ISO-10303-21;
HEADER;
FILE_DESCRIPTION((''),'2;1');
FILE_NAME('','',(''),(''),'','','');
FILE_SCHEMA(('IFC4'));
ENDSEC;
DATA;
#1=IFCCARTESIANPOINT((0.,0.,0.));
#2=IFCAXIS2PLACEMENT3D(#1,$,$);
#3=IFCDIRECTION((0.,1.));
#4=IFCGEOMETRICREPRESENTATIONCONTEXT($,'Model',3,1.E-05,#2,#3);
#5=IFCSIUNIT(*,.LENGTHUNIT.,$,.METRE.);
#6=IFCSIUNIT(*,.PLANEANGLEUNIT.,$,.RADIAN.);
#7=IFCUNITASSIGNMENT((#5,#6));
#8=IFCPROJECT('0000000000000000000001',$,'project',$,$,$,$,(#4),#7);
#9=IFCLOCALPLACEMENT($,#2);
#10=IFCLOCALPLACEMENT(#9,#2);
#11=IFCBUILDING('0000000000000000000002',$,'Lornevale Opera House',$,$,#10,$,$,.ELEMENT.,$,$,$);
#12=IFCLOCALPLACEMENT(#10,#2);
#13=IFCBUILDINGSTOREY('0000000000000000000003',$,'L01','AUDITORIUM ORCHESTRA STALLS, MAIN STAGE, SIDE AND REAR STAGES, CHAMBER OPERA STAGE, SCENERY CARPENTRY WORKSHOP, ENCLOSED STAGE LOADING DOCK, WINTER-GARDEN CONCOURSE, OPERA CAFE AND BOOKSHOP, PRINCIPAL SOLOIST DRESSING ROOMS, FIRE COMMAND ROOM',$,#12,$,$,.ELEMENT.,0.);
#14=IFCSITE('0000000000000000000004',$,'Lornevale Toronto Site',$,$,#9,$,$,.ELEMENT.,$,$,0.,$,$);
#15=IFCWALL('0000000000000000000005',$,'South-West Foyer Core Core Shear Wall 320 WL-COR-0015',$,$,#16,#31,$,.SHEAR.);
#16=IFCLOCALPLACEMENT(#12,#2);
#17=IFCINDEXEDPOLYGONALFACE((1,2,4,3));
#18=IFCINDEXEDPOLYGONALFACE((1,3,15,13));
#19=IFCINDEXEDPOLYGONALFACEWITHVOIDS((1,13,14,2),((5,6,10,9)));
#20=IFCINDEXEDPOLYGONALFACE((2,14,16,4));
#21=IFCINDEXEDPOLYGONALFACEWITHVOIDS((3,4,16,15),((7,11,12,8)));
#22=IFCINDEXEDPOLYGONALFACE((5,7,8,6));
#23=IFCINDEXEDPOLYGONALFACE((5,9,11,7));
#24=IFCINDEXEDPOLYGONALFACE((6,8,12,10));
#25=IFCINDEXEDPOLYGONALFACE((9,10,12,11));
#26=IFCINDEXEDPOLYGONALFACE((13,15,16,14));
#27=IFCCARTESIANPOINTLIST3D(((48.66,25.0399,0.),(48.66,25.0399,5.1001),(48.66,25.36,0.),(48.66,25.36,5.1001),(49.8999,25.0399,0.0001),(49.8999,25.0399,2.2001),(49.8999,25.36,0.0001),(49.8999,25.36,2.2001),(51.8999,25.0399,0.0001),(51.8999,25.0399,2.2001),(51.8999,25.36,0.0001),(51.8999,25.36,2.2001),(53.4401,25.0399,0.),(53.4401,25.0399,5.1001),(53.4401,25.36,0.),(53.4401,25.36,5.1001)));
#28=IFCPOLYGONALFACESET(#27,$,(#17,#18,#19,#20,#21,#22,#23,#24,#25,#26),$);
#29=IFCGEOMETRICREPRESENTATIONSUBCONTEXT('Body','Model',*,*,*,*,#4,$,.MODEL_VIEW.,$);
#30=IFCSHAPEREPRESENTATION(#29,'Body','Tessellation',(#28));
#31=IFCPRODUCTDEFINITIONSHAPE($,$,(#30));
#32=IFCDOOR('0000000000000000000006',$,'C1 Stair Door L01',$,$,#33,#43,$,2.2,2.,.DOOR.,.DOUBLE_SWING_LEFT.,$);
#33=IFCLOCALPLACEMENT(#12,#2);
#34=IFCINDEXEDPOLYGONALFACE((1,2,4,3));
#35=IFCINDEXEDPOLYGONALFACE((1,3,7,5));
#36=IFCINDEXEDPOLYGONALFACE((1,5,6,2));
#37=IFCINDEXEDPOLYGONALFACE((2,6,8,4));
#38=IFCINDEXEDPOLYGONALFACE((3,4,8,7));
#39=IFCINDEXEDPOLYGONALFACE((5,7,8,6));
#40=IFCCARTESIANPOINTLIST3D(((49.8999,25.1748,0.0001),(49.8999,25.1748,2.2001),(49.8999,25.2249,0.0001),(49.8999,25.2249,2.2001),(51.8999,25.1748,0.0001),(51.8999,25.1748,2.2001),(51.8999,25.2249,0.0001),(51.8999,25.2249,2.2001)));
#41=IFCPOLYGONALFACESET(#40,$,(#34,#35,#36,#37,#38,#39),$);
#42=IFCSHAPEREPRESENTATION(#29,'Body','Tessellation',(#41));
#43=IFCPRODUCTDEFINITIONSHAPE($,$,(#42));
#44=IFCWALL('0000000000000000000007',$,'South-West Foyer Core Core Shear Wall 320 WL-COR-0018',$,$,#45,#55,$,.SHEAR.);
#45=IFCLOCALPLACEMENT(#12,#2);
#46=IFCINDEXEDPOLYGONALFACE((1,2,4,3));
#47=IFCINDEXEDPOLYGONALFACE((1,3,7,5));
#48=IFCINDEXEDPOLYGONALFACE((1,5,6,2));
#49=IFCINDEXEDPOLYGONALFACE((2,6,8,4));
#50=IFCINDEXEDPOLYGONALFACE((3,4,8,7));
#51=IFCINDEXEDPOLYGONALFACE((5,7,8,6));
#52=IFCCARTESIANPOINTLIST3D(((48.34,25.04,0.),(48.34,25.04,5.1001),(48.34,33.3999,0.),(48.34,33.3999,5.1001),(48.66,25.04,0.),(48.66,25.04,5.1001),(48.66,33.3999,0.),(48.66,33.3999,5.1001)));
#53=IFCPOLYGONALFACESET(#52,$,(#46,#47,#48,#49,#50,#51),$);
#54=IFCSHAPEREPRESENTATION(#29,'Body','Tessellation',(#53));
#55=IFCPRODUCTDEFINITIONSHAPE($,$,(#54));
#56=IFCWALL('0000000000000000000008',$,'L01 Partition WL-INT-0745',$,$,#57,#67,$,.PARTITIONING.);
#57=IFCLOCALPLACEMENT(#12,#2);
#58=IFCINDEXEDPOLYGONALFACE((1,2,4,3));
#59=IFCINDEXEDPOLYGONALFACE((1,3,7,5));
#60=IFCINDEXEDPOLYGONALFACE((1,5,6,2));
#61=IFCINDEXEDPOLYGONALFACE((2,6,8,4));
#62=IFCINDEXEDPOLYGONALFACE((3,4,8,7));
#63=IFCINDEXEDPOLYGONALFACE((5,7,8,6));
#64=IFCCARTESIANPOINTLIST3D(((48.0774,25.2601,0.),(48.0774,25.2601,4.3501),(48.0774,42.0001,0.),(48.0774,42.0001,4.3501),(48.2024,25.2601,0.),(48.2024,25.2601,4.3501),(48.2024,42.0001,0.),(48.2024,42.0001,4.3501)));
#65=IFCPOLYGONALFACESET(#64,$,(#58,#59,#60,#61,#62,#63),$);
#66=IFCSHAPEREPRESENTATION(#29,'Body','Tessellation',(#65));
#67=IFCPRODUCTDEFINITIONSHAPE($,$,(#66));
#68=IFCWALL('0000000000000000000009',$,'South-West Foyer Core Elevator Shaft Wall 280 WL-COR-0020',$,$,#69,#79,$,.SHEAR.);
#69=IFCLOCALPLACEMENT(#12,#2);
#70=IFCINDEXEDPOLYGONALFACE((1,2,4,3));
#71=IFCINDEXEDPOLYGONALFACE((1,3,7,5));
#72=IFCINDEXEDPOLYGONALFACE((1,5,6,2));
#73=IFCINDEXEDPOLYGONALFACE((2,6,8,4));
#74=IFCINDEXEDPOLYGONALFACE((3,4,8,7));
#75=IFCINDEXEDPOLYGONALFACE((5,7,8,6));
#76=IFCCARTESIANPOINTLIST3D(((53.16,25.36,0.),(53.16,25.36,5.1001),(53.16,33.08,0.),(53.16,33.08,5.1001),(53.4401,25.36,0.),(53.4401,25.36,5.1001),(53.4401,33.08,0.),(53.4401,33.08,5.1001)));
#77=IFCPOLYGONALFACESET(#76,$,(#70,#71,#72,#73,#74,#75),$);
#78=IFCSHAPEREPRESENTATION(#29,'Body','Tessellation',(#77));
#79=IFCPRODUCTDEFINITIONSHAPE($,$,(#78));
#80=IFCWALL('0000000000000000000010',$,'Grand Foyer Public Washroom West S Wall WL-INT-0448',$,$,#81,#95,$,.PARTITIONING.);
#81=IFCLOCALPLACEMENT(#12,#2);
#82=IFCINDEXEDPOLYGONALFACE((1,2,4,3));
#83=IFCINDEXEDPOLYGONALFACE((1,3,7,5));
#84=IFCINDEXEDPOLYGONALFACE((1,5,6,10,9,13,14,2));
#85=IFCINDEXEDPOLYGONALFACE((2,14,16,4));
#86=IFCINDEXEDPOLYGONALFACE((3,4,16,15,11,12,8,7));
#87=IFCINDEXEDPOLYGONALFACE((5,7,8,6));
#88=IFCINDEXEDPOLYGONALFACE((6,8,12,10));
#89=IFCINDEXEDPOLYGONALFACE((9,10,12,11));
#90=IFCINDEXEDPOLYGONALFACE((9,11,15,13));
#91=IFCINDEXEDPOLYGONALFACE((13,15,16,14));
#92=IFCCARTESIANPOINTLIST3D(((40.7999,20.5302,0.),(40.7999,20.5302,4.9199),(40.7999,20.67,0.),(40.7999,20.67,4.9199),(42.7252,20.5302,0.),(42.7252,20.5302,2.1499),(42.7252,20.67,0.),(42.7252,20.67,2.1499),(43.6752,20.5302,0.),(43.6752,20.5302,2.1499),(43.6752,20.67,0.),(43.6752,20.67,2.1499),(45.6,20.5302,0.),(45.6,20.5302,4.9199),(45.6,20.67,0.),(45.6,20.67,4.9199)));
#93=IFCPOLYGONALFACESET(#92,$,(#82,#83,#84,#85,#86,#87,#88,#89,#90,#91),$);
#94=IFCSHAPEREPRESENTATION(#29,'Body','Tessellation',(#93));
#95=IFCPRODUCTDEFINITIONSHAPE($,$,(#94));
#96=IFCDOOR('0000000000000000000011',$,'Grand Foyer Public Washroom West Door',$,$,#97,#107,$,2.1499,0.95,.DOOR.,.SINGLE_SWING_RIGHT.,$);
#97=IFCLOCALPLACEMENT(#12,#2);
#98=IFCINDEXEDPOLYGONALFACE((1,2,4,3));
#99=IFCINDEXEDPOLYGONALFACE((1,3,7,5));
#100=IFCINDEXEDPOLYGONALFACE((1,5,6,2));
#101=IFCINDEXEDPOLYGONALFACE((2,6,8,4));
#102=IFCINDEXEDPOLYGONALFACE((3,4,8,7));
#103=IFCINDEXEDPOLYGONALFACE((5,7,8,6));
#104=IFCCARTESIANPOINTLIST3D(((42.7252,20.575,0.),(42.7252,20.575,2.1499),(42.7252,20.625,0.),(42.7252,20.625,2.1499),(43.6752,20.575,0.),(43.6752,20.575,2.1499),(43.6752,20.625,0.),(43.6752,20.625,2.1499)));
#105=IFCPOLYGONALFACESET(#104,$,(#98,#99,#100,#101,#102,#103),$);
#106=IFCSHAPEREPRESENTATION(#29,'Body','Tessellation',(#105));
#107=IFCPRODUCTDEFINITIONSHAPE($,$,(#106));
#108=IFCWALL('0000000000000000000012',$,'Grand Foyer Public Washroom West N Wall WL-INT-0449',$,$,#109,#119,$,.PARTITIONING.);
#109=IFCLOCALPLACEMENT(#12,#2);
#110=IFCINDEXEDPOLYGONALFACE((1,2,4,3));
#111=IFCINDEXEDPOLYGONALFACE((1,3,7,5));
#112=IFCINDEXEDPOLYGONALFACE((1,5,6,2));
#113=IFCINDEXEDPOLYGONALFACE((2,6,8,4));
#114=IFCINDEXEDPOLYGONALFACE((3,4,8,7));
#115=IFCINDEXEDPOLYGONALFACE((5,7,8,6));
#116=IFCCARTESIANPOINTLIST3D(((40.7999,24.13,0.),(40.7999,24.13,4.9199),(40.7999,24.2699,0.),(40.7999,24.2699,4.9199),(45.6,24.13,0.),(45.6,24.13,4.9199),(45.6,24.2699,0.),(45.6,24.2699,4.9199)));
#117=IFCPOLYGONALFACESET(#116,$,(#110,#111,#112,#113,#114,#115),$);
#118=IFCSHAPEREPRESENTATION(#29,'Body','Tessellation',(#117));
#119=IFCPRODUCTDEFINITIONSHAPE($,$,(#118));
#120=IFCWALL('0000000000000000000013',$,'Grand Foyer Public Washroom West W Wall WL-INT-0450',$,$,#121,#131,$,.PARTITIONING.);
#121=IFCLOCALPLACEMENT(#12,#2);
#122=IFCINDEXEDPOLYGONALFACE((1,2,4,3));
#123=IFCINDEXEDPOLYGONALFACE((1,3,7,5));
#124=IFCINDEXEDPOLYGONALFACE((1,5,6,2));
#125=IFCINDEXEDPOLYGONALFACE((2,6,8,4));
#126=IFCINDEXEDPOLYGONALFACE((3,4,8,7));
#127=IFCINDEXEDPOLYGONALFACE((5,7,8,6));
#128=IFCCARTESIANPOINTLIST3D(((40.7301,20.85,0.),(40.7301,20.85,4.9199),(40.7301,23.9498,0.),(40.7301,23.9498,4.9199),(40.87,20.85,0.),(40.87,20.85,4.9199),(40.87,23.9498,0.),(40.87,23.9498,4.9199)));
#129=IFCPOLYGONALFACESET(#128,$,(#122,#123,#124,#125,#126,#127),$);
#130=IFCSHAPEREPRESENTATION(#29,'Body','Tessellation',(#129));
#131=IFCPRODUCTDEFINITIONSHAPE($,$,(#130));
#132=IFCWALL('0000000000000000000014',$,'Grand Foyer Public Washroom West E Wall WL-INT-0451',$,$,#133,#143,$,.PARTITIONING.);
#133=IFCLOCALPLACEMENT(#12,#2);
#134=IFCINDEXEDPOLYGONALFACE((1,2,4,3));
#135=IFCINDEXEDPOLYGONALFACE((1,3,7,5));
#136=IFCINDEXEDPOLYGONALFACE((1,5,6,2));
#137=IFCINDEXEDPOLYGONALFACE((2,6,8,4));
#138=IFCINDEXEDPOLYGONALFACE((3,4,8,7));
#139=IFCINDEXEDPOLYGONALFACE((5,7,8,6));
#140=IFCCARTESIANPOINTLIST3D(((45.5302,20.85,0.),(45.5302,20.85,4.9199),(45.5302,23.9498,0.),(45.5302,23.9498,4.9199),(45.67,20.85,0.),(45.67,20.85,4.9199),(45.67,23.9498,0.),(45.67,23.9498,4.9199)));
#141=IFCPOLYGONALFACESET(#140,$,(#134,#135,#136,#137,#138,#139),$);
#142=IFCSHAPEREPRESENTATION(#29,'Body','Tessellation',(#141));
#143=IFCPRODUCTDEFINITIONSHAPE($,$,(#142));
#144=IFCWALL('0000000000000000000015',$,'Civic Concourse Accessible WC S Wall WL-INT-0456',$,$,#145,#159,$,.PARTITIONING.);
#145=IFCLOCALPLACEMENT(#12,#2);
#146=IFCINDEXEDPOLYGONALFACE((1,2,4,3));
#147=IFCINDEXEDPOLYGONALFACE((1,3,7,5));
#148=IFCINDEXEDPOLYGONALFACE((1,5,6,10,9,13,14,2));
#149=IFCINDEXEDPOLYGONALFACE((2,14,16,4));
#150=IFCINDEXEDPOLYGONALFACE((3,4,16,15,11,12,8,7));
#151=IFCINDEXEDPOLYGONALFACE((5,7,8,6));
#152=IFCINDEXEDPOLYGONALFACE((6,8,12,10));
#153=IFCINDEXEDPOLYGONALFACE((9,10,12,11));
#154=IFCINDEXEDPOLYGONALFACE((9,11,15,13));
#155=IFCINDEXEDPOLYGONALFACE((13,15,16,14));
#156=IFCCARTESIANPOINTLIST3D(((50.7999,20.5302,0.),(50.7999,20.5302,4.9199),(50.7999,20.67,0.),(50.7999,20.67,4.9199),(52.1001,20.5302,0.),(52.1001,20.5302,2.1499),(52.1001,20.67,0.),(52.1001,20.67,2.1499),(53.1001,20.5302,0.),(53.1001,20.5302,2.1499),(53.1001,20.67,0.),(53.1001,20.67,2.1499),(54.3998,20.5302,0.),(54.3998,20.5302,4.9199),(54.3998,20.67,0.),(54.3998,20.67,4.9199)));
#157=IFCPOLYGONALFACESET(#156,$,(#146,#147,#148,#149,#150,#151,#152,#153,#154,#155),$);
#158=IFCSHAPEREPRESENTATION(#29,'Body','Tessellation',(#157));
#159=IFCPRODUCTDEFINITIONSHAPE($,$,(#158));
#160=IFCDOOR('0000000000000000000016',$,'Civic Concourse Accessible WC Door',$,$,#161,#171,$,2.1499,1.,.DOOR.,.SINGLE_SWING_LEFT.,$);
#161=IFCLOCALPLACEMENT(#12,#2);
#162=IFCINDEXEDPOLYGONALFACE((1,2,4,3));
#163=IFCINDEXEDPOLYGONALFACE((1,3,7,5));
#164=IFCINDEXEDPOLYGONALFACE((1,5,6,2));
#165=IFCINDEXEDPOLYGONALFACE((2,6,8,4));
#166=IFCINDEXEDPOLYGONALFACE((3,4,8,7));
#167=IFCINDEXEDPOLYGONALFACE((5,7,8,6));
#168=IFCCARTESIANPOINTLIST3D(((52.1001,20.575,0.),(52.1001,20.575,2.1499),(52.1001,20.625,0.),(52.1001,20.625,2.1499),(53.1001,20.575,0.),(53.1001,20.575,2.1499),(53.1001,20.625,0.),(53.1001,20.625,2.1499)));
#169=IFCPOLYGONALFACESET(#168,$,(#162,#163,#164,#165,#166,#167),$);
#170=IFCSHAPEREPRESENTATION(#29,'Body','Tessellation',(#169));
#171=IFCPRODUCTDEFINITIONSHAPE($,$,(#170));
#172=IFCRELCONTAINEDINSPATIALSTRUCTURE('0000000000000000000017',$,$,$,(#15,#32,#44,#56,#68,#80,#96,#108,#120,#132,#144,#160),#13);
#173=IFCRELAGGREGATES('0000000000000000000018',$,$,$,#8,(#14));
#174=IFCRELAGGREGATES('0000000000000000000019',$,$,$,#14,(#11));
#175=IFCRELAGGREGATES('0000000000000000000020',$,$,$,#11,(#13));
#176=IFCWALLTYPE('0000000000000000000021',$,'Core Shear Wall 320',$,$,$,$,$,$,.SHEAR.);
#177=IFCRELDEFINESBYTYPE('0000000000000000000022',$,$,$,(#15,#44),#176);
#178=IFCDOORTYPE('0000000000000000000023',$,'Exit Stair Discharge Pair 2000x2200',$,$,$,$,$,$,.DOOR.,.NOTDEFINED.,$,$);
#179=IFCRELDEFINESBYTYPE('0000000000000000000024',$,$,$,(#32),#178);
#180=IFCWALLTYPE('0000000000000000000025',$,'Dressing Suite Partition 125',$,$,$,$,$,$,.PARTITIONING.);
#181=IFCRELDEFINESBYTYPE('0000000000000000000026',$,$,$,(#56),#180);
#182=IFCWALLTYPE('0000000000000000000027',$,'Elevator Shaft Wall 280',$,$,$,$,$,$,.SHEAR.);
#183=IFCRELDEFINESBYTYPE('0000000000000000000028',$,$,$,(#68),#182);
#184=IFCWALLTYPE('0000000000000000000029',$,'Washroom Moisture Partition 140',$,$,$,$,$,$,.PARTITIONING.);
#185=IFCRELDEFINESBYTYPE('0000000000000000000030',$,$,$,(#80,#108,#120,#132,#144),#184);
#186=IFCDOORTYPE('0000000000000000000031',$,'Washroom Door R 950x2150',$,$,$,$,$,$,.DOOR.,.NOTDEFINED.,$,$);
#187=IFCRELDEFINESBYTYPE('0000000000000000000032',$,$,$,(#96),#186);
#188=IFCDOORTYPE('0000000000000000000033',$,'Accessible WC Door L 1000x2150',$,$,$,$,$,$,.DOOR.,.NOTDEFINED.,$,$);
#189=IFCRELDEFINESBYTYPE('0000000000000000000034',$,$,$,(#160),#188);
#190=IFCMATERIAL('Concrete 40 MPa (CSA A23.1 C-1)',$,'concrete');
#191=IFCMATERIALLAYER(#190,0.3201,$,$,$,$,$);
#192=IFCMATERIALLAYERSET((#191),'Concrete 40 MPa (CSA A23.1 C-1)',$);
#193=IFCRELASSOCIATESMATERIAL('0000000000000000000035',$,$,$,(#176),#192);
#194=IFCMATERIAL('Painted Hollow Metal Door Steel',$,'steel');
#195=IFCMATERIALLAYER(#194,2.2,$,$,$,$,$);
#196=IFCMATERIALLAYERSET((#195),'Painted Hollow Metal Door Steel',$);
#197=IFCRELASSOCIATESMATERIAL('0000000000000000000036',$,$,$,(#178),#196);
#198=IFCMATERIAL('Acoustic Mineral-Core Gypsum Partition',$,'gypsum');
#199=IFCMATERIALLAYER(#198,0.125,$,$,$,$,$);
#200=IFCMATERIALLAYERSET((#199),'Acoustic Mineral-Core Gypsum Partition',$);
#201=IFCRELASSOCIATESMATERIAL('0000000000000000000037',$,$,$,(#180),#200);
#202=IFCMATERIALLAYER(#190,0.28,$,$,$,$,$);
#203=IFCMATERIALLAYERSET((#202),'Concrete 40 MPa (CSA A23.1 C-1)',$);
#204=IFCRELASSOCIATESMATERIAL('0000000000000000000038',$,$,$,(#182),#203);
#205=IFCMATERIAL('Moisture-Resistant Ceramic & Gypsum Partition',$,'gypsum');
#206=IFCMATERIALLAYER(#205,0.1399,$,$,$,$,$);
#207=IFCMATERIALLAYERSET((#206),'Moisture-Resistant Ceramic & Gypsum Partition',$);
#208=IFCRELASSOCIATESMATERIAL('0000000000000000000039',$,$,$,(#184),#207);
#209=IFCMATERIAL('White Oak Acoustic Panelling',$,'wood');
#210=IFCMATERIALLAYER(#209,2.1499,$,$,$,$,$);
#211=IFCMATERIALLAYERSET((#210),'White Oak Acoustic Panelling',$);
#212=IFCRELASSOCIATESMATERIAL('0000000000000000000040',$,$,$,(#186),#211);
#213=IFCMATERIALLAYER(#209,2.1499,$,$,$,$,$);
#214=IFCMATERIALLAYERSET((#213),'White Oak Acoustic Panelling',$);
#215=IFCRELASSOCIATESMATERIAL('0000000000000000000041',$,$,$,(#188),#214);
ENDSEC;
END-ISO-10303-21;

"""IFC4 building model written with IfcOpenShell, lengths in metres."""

from ifc_helpers import new_model, si_unit, direction, frame, frame_2d, origin, place, context, subcontext, project, spatial, rectangle, extrude, material, layer, layer_set, type_object, element, fill, save


model = new_model("IFC4")

# Units and contexts
model_context = context("Model", 3, precision=1e-05, world=origin(), true_north=direction((0.0, 1.0)))
body_context = subcontext(model_context, "Body", "Model", "MODEL_VIEW")
ifc_project = project(units=[si_unit("LENGTHUNIT", "METRE"), si_unit("PLANEANGLEUNIT", "RADIAN")], contexts=[model_context])

# Site, building, storey
site_placement = place(None, origin())
site = spatial("IfcSite", under=ifc_project, at=site_placement, Name="Lornevale Toronto Site", CompositionType="ELEMENT", RefElevation=0.0)
building_placement = place(site_placement, origin())
building = spatial("IfcBuilding", under=site, at=building_placement, Name="Lornevale Opera House", CompositionType="ELEMENT")
storey_placement = place(building_placement, origin())
storey = spatial("IfcBuildingStorey", under=building, at=storey_placement, Name="L01", Description="AUDITORIUM ORCHESTRA STALLS, MAIN STAGE, SIDE AND REAR STAGES, CHAMBER OPERA STAGE, SCENERY CARPENTRY WORKSHOP, ENCLOSED STAGE LOADING DOCK, WINTER-GARDEN CONCOURSE, OPERA CAFE AND BOOKSHOP, PRINCIPAL SOLOIST DRESSING ROOMS, FIRE COMMAND ROOM", CompositionType="ELEMENT", Elevation=0.0)

# Shared definitions
ifc_material_1 = material(Name="Concrete 40 MPa (CSA A23.1 C-1)", Category="concrete")

# Wall, opening, door
ifc_layer_1 = layer(ifc_material_1, 0.3201)
ifc_layer_set_1 = layer_set([ifc_layer_1], Name="Concrete 40 MPa (CSA A23.1 C-1)")
wall_type_1 = type_object("IfcWallType", Name="Core Shear Wall 320", PredefinedType="SHEAR", material=ifc_layer_set_1)
wall_1_placement = place(storey_placement, frame((48.6599, 25.2, 0.0), z_axis=(0.0, 0.0, 1.0), x_axis=(1.0, 0.0, 0.0)))
wall_1 = element("IfcWall", 1, at=wall_1_placement, inside=storey, type_object=wall_type_1, Name="South-West Foyer Core Core Shear Wall 320 WL-COR-0015", PredefinedType="SHEAR", context=body_context, shape_type="SweptSolid", body=[
    extrude(rectangle(XDim=4.78, YDim=0.3201, at=frame_2d((2.3901, 0.0))), origin(), (0.0, 0.0, 1.0), 5.1001),
])
opening_1_placement = place(wall_1_placement, frame((1.24, 0.0, 0.0)))
opening_1 = element("IfcOpeningElement", 2, at=opening_1_placement, cuts=wall_1, PredefinedType="OPENING", context=body_context, shape_type="SweptSolid", body=[
    extrude(rectangle(XDim=2.0, YDim=2.2, at=frame_2d((1.0, 1.1001))), frame((0.0, 0.1699, 0.0), z_axis=(0.0, -1.0, 0.0), x_axis=(1.0, 0.0, 0.0)), (0.0, 0.0, 1.0), 0.3401),
])
ifc_material_2 = material(Name="Painted Hollow Metal Door Steel", Category="steel")
ifc_layer_2 = layer(ifc_material_2, 2.2)
ifc_layer_set_2 = layer_set([ifc_layer_2], Name="Painted Hollow Metal Door Steel")
door_type_1 = type_object("IfcDoorType", Name="Exit Stair Discharge Pair 2000x2200", OperationType="NOTDEFINED", PredefinedType="DOOR", material=ifc_layer_set_2)
door_1_placement = place(opening_1_placement, origin())
door_1 = element("IfcDoor", 3, at=door_1_placement, inside=storey, type_object=door_type_1, Name="C1 Stair Door L01", OperationType="DOUBLE_SWING_LEFT", OverallHeight=2.2, OverallWidth=2.0, PredefinedType="DOOR", context=body_context, shape_type="SweptSolid", body=[
    extrude(rectangle(XDim=2.0, YDim=2.2, at=frame_2d((1.0, 1.1001))), frame((0.0, 0.0249, 0.0), z_axis=(0.0, -1.0, 0.0), x_axis=(1.0, 0.0, 0.0)), (0.0, 0.0, 1.0), 0.05),
])
fill(opening_1, door_1)

# Walls
wall_2_placement = place(storey_placement, frame((48.5, 33.3999, 0.0), z_axis=(0.0, 0.0, 1.0), x_axis=(0.0, -1.0, 0.0)))
element("IfcWall", 4, at=wall_2_placement, inside=storey, type_object=wall_type_1, Name="South-West Foyer Core Core Shear Wall 320 WL-COR-0018", PredefinedType="SHEAR", context=body_context, shape_type="SweptSolid", body=[
    extrude(rectangle(XDim=8.3599, YDim=0.3201, at=frame_2d((4.1799, 0.0))), origin(), (0.0, 0.0, 1.0), 5.1001),
])
ifc_material_3 = material(Name="Acoustic Mineral-Core Gypsum Partition", Category="gypsum")
ifc_layer_3 = layer(ifc_material_3, 0.125)
ifc_layer_set_3 = layer_set([ifc_layer_3], Name="Acoustic Mineral-Core Gypsum Partition")
wall_type_2 = type_object("IfcWallType", Name="Dressing Suite Partition 125", PredefinedType="PARTITIONING", material=ifc_layer_set_3)
wall_3_placement = place(storey_placement, frame((48.1399, 25.26, 0.0), z_axis=(0.0, 0.0, 1.0), x_axis=(0.0, 1.0, 0.0)))
element("IfcWall", 5, at=wall_3_placement, inside=storey, type_object=wall_type_2, Name="L01 Partition WL-INT-0745", PredefinedType="PARTITIONING", context=body_context, shape_type="SweptSolid", body=[
    extrude(rectangle(XDim=16.74, YDim=0.125, at=frame_2d((8.3701, 0.0))), origin(), (0.0, 0.0, 1.0), 4.3501),
])
ifc_layer_4 = layer(ifc_material_1, 0.28)
ifc_layer_set_4 = layer_set([ifc_layer_4], Name="Concrete 40 MPa (CSA A23.1 C-1)")
wall_type_3 = type_object("IfcWallType", Name="Elevator Shaft Wall 280", PredefinedType="SHEAR", material=ifc_layer_set_4)
wall_4_placement = place(storey_placement, frame((53.3, 25.3601, 0.0), z_axis=(0.0, 0.0, 1.0), x_axis=(0.0, 1.0, 0.0)))
element("IfcWall", 6, at=wall_4_placement, inside=storey, type_object=wall_type_3, Name="South-West Foyer Core Elevator Shaft Wall 280 WL-COR-0020", PredefinedType="SHEAR", context=body_context, shape_type="SweptSolid", body=[
    extrude(rectangle(XDim=7.72, YDim=0.28, at=frame_2d((3.8599, 0.0))), origin(), (0.0, 0.0, 1.0), 5.1001),
])

# Wall, opening, door
ifc_material_4 = material(Name="Moisture-Resistant Ceramic & Gypsum Partition", Category="gypsum")
ifc_layer_5 = layer(ifc_material_4, 0.1399)
ifc_layer_set_5 = layer_set([ifc_layer_5], Name="Moisture-Resistant Ceramic & Gypsum Partition")
wall_type_4 = type_object("IfcWallType", Name="Washroom Moisture Partition 140", PredefinedType="PARTITIONING", material=ifc_layer_set_5)
wall_5_placement = place(storey_placement, frame((40.8, 20.6001, 0.0), z_axis=(0.0, 0.0, 1.0), x_axis=(1.0, 0.0, 0.0)))
wall_5 = element("IfcWall", 7, at=wall_5_placement, inside=storey, type_object=wall_type_4, Name="Grand Foyer Public Washroom West S Wall WL-INT-0448", PredefinedType="PARTITIONING", context=body_context, shape_type="SweptSolid", body=[
    extrude(rectangle(XDim=4.8, YDim=0.1399, at=frame_2d((2.3999, 0.0))), origin(), (0.0, 0.0, 1.0), 4.9199),
])
opening_2_placement = place(wall_5_placement, frame((1.925, 0.0, 0.0)))
opening_2 = element("IfcOpeningElement", 8, at=opening_2_placement, cuts=wall_5, PredefinedType="OPENING", context=body_context, shape_type="SweptSolid", body=[
    extrude(rectangle(XDim=0.95, YDim=2.1499, at=frame_2d((0.4751, 1.075))), frame((0.0, 0.0798, 0.0), z_axis=(0.0, -1.0, 0.0), x_axis=(1.0, 0.0, 0.0)), (0.0, 0.0, 1.0), 0.1599),
])
ifc_material_5 = material(Name="White Oak Acoustic Panelling", Category="wood")
ifc_layer_6 = layer(ifc_material_5, 2.1499)
ifc_layer_set_6 = layer_set([ifc_layer_6], Name="White Oak Acoustic Panelling")
door_type_2 = type_object("IfcDoorType", Name="Washroom Door R 950x2150", OperationType="NOTDEFINED", PredefinedType="DOOR", material=ifc_layer_set_6)
door_2_placement = place(opening_2_placement, origin())
door_2 = element("IfcDoor", 9, at=door_2_placement, inside=storey, type_object=door_type_2, Name="Grand Foyer Public Washroom West Door", OperationType="SINGLE_SWING_RIGHT", OverallHeight=2.1499, OverallWidth=0.95, PredefinedType="DOOR", context=body_context, shape_type="SweptSolid", body=[
    extrude(rectangle(XDim=0.95, YDim=2.1499, at=frame_2d((0.4751, 1.075))), frame((0.0, 0.0249, 0.0), z_axis=(0.0, -1.0, 0.0), x_axis=(1.0, 0.0, 0.0)), (0.0, 0.0, 1.0), 0.05),
])
fill(opening_2, door_2)

# Walls
wall_6_placement = place(storey_placement, frame((40.8, 24.2, 0.0), z_axis=(0.0, 0.0, 1.0), x_axis=(1.0, 0.0, 0.0)))
element("IfcWall", 10, at=wall_6_placement, inside=storey, type_object=wall_type_4, Name="Grand Foyer Public Washroom West N Wall WL-INT-0449", PredefinedType="PARTITIONING", context=body_context, shape_type="SweptSolid", body=[
    extrude(rectangle(XDim=4.8, YDim=0.1399, at=frame_2d((2.3999, 0.0))), origin(), (0.0, 0.0, 1.0), 4.9199),
])
for number, where, z_axis, x_axis, name in (
    (11, (40.8, 20.8501, 0.0), (0.0, 0.0, 1.0), (0.0, 1.0, 0.0), "Grand Foyer Public Washroom West W Wall WL-INT-0450"),
    (12, (45.6001, 20.8501, 0.0), (0.0, 0.0, 1.0), (0.0, 1.0, 0.0), "Grand Foyer Public Washroom West E Wall WL-INT-0451"),
):
    element("IfcWall", number, at=place(storey_placement, frame(where, z_axis=z_axis, x_axis=x_axis)), inside=storey, type_object=wall_type_4, Name=name, PredefinedType="PARTITIONING", context=body_context, shape_type="SweptSolid", body=[
        extrude(rectangle(XDim=3.0999, YDim=0.1399, at=frame_2d((1.5498, 0.0))), origin(), (0.0, 0.0, 1.0), 4.9199),
    ])

# Wall, opening, door
wall_7_placement = place(storey_placement, frame((50.8, 20.6001, 0.0), z_axis=(0.0, 0.0, 1.0), x_axis=(1.0, 0.0, 0.0)))
wall_7 = element("IfcWall", 13, at=wall_7_placement, inside=storey, type_object=wall_type_4, Name="Civic Concourse Accessible WC S Wall WL-INT-0456", PredefinedType="PARTITIONING", context=body_context, shape_type="SweptSolid", body=[
    extrude(rectangle(XDim=3.5999, YDim=0.1399, at=frame_2d((1.7998, 0.0))), origin(), (0.0, 0.0, 1.0), 4.9199),
])
opening_3_placement = place(wall_7_placement, frame((1.3, 0.0, 0.0)))
opening_3 = element("IfcOpeningElement", 14, at=opening_3_placement, cuts=wall_7, PredefinedType="OPENING", context=body_context, shape_type="SweptSolid", body=[
    extrude(rectangle(XDim=1.0, YDim=2.1499, at=frame_2d((0.5, 1.075))), frame((0.0, 0.0798, 0.0), z_axis=(0.0, -1.0, 0.0), x_axis=(1.0, 0.0, 0.0)), (0.0, 0.0, 1.0), 0.1599),
])
ifc_layer_7 = layer(ifc_material_5, 2.1499)
ifc_layer_set_7 = layer_set([ifc_layer_7], Name="White Oak Acoustic Panelling")
door_type_3 = type_object("IfcDoorType", Name="Accessible WC Door L 1000x2150", OperationType="NOTDEFINED", PredefinedType="DOOR", material=ifc_layer_set_7)
door_3_placement = place(opening_3_placement, origin())
door_3 = element("IfcDoor", 15, at=door_3_placement, inside=storey, type_object=door_type_3, Name="Civic Concourse Accessible WC Door", OperationType="SINGLE_SWING_LEFT", OverallHeight=2.1499, OverallWidth=1.0, PredefinedType="DOOR", context=body_context, shape_type="SweptSolid", body=[
    extrude(rectangle(XDim=1.0, YDim=2.1499, at=frame_2d((0.5, 1.075))), frame((0.0, 0.0249, 0.0), z_axis=(0.0, -1.0, 0.0), x_axis=(1.0, 0.0, 0.0)), (0.0, 0.0, 1.0), 0.05),
])
fill(opening_3, door_3)

save(model, "model.ifc")
